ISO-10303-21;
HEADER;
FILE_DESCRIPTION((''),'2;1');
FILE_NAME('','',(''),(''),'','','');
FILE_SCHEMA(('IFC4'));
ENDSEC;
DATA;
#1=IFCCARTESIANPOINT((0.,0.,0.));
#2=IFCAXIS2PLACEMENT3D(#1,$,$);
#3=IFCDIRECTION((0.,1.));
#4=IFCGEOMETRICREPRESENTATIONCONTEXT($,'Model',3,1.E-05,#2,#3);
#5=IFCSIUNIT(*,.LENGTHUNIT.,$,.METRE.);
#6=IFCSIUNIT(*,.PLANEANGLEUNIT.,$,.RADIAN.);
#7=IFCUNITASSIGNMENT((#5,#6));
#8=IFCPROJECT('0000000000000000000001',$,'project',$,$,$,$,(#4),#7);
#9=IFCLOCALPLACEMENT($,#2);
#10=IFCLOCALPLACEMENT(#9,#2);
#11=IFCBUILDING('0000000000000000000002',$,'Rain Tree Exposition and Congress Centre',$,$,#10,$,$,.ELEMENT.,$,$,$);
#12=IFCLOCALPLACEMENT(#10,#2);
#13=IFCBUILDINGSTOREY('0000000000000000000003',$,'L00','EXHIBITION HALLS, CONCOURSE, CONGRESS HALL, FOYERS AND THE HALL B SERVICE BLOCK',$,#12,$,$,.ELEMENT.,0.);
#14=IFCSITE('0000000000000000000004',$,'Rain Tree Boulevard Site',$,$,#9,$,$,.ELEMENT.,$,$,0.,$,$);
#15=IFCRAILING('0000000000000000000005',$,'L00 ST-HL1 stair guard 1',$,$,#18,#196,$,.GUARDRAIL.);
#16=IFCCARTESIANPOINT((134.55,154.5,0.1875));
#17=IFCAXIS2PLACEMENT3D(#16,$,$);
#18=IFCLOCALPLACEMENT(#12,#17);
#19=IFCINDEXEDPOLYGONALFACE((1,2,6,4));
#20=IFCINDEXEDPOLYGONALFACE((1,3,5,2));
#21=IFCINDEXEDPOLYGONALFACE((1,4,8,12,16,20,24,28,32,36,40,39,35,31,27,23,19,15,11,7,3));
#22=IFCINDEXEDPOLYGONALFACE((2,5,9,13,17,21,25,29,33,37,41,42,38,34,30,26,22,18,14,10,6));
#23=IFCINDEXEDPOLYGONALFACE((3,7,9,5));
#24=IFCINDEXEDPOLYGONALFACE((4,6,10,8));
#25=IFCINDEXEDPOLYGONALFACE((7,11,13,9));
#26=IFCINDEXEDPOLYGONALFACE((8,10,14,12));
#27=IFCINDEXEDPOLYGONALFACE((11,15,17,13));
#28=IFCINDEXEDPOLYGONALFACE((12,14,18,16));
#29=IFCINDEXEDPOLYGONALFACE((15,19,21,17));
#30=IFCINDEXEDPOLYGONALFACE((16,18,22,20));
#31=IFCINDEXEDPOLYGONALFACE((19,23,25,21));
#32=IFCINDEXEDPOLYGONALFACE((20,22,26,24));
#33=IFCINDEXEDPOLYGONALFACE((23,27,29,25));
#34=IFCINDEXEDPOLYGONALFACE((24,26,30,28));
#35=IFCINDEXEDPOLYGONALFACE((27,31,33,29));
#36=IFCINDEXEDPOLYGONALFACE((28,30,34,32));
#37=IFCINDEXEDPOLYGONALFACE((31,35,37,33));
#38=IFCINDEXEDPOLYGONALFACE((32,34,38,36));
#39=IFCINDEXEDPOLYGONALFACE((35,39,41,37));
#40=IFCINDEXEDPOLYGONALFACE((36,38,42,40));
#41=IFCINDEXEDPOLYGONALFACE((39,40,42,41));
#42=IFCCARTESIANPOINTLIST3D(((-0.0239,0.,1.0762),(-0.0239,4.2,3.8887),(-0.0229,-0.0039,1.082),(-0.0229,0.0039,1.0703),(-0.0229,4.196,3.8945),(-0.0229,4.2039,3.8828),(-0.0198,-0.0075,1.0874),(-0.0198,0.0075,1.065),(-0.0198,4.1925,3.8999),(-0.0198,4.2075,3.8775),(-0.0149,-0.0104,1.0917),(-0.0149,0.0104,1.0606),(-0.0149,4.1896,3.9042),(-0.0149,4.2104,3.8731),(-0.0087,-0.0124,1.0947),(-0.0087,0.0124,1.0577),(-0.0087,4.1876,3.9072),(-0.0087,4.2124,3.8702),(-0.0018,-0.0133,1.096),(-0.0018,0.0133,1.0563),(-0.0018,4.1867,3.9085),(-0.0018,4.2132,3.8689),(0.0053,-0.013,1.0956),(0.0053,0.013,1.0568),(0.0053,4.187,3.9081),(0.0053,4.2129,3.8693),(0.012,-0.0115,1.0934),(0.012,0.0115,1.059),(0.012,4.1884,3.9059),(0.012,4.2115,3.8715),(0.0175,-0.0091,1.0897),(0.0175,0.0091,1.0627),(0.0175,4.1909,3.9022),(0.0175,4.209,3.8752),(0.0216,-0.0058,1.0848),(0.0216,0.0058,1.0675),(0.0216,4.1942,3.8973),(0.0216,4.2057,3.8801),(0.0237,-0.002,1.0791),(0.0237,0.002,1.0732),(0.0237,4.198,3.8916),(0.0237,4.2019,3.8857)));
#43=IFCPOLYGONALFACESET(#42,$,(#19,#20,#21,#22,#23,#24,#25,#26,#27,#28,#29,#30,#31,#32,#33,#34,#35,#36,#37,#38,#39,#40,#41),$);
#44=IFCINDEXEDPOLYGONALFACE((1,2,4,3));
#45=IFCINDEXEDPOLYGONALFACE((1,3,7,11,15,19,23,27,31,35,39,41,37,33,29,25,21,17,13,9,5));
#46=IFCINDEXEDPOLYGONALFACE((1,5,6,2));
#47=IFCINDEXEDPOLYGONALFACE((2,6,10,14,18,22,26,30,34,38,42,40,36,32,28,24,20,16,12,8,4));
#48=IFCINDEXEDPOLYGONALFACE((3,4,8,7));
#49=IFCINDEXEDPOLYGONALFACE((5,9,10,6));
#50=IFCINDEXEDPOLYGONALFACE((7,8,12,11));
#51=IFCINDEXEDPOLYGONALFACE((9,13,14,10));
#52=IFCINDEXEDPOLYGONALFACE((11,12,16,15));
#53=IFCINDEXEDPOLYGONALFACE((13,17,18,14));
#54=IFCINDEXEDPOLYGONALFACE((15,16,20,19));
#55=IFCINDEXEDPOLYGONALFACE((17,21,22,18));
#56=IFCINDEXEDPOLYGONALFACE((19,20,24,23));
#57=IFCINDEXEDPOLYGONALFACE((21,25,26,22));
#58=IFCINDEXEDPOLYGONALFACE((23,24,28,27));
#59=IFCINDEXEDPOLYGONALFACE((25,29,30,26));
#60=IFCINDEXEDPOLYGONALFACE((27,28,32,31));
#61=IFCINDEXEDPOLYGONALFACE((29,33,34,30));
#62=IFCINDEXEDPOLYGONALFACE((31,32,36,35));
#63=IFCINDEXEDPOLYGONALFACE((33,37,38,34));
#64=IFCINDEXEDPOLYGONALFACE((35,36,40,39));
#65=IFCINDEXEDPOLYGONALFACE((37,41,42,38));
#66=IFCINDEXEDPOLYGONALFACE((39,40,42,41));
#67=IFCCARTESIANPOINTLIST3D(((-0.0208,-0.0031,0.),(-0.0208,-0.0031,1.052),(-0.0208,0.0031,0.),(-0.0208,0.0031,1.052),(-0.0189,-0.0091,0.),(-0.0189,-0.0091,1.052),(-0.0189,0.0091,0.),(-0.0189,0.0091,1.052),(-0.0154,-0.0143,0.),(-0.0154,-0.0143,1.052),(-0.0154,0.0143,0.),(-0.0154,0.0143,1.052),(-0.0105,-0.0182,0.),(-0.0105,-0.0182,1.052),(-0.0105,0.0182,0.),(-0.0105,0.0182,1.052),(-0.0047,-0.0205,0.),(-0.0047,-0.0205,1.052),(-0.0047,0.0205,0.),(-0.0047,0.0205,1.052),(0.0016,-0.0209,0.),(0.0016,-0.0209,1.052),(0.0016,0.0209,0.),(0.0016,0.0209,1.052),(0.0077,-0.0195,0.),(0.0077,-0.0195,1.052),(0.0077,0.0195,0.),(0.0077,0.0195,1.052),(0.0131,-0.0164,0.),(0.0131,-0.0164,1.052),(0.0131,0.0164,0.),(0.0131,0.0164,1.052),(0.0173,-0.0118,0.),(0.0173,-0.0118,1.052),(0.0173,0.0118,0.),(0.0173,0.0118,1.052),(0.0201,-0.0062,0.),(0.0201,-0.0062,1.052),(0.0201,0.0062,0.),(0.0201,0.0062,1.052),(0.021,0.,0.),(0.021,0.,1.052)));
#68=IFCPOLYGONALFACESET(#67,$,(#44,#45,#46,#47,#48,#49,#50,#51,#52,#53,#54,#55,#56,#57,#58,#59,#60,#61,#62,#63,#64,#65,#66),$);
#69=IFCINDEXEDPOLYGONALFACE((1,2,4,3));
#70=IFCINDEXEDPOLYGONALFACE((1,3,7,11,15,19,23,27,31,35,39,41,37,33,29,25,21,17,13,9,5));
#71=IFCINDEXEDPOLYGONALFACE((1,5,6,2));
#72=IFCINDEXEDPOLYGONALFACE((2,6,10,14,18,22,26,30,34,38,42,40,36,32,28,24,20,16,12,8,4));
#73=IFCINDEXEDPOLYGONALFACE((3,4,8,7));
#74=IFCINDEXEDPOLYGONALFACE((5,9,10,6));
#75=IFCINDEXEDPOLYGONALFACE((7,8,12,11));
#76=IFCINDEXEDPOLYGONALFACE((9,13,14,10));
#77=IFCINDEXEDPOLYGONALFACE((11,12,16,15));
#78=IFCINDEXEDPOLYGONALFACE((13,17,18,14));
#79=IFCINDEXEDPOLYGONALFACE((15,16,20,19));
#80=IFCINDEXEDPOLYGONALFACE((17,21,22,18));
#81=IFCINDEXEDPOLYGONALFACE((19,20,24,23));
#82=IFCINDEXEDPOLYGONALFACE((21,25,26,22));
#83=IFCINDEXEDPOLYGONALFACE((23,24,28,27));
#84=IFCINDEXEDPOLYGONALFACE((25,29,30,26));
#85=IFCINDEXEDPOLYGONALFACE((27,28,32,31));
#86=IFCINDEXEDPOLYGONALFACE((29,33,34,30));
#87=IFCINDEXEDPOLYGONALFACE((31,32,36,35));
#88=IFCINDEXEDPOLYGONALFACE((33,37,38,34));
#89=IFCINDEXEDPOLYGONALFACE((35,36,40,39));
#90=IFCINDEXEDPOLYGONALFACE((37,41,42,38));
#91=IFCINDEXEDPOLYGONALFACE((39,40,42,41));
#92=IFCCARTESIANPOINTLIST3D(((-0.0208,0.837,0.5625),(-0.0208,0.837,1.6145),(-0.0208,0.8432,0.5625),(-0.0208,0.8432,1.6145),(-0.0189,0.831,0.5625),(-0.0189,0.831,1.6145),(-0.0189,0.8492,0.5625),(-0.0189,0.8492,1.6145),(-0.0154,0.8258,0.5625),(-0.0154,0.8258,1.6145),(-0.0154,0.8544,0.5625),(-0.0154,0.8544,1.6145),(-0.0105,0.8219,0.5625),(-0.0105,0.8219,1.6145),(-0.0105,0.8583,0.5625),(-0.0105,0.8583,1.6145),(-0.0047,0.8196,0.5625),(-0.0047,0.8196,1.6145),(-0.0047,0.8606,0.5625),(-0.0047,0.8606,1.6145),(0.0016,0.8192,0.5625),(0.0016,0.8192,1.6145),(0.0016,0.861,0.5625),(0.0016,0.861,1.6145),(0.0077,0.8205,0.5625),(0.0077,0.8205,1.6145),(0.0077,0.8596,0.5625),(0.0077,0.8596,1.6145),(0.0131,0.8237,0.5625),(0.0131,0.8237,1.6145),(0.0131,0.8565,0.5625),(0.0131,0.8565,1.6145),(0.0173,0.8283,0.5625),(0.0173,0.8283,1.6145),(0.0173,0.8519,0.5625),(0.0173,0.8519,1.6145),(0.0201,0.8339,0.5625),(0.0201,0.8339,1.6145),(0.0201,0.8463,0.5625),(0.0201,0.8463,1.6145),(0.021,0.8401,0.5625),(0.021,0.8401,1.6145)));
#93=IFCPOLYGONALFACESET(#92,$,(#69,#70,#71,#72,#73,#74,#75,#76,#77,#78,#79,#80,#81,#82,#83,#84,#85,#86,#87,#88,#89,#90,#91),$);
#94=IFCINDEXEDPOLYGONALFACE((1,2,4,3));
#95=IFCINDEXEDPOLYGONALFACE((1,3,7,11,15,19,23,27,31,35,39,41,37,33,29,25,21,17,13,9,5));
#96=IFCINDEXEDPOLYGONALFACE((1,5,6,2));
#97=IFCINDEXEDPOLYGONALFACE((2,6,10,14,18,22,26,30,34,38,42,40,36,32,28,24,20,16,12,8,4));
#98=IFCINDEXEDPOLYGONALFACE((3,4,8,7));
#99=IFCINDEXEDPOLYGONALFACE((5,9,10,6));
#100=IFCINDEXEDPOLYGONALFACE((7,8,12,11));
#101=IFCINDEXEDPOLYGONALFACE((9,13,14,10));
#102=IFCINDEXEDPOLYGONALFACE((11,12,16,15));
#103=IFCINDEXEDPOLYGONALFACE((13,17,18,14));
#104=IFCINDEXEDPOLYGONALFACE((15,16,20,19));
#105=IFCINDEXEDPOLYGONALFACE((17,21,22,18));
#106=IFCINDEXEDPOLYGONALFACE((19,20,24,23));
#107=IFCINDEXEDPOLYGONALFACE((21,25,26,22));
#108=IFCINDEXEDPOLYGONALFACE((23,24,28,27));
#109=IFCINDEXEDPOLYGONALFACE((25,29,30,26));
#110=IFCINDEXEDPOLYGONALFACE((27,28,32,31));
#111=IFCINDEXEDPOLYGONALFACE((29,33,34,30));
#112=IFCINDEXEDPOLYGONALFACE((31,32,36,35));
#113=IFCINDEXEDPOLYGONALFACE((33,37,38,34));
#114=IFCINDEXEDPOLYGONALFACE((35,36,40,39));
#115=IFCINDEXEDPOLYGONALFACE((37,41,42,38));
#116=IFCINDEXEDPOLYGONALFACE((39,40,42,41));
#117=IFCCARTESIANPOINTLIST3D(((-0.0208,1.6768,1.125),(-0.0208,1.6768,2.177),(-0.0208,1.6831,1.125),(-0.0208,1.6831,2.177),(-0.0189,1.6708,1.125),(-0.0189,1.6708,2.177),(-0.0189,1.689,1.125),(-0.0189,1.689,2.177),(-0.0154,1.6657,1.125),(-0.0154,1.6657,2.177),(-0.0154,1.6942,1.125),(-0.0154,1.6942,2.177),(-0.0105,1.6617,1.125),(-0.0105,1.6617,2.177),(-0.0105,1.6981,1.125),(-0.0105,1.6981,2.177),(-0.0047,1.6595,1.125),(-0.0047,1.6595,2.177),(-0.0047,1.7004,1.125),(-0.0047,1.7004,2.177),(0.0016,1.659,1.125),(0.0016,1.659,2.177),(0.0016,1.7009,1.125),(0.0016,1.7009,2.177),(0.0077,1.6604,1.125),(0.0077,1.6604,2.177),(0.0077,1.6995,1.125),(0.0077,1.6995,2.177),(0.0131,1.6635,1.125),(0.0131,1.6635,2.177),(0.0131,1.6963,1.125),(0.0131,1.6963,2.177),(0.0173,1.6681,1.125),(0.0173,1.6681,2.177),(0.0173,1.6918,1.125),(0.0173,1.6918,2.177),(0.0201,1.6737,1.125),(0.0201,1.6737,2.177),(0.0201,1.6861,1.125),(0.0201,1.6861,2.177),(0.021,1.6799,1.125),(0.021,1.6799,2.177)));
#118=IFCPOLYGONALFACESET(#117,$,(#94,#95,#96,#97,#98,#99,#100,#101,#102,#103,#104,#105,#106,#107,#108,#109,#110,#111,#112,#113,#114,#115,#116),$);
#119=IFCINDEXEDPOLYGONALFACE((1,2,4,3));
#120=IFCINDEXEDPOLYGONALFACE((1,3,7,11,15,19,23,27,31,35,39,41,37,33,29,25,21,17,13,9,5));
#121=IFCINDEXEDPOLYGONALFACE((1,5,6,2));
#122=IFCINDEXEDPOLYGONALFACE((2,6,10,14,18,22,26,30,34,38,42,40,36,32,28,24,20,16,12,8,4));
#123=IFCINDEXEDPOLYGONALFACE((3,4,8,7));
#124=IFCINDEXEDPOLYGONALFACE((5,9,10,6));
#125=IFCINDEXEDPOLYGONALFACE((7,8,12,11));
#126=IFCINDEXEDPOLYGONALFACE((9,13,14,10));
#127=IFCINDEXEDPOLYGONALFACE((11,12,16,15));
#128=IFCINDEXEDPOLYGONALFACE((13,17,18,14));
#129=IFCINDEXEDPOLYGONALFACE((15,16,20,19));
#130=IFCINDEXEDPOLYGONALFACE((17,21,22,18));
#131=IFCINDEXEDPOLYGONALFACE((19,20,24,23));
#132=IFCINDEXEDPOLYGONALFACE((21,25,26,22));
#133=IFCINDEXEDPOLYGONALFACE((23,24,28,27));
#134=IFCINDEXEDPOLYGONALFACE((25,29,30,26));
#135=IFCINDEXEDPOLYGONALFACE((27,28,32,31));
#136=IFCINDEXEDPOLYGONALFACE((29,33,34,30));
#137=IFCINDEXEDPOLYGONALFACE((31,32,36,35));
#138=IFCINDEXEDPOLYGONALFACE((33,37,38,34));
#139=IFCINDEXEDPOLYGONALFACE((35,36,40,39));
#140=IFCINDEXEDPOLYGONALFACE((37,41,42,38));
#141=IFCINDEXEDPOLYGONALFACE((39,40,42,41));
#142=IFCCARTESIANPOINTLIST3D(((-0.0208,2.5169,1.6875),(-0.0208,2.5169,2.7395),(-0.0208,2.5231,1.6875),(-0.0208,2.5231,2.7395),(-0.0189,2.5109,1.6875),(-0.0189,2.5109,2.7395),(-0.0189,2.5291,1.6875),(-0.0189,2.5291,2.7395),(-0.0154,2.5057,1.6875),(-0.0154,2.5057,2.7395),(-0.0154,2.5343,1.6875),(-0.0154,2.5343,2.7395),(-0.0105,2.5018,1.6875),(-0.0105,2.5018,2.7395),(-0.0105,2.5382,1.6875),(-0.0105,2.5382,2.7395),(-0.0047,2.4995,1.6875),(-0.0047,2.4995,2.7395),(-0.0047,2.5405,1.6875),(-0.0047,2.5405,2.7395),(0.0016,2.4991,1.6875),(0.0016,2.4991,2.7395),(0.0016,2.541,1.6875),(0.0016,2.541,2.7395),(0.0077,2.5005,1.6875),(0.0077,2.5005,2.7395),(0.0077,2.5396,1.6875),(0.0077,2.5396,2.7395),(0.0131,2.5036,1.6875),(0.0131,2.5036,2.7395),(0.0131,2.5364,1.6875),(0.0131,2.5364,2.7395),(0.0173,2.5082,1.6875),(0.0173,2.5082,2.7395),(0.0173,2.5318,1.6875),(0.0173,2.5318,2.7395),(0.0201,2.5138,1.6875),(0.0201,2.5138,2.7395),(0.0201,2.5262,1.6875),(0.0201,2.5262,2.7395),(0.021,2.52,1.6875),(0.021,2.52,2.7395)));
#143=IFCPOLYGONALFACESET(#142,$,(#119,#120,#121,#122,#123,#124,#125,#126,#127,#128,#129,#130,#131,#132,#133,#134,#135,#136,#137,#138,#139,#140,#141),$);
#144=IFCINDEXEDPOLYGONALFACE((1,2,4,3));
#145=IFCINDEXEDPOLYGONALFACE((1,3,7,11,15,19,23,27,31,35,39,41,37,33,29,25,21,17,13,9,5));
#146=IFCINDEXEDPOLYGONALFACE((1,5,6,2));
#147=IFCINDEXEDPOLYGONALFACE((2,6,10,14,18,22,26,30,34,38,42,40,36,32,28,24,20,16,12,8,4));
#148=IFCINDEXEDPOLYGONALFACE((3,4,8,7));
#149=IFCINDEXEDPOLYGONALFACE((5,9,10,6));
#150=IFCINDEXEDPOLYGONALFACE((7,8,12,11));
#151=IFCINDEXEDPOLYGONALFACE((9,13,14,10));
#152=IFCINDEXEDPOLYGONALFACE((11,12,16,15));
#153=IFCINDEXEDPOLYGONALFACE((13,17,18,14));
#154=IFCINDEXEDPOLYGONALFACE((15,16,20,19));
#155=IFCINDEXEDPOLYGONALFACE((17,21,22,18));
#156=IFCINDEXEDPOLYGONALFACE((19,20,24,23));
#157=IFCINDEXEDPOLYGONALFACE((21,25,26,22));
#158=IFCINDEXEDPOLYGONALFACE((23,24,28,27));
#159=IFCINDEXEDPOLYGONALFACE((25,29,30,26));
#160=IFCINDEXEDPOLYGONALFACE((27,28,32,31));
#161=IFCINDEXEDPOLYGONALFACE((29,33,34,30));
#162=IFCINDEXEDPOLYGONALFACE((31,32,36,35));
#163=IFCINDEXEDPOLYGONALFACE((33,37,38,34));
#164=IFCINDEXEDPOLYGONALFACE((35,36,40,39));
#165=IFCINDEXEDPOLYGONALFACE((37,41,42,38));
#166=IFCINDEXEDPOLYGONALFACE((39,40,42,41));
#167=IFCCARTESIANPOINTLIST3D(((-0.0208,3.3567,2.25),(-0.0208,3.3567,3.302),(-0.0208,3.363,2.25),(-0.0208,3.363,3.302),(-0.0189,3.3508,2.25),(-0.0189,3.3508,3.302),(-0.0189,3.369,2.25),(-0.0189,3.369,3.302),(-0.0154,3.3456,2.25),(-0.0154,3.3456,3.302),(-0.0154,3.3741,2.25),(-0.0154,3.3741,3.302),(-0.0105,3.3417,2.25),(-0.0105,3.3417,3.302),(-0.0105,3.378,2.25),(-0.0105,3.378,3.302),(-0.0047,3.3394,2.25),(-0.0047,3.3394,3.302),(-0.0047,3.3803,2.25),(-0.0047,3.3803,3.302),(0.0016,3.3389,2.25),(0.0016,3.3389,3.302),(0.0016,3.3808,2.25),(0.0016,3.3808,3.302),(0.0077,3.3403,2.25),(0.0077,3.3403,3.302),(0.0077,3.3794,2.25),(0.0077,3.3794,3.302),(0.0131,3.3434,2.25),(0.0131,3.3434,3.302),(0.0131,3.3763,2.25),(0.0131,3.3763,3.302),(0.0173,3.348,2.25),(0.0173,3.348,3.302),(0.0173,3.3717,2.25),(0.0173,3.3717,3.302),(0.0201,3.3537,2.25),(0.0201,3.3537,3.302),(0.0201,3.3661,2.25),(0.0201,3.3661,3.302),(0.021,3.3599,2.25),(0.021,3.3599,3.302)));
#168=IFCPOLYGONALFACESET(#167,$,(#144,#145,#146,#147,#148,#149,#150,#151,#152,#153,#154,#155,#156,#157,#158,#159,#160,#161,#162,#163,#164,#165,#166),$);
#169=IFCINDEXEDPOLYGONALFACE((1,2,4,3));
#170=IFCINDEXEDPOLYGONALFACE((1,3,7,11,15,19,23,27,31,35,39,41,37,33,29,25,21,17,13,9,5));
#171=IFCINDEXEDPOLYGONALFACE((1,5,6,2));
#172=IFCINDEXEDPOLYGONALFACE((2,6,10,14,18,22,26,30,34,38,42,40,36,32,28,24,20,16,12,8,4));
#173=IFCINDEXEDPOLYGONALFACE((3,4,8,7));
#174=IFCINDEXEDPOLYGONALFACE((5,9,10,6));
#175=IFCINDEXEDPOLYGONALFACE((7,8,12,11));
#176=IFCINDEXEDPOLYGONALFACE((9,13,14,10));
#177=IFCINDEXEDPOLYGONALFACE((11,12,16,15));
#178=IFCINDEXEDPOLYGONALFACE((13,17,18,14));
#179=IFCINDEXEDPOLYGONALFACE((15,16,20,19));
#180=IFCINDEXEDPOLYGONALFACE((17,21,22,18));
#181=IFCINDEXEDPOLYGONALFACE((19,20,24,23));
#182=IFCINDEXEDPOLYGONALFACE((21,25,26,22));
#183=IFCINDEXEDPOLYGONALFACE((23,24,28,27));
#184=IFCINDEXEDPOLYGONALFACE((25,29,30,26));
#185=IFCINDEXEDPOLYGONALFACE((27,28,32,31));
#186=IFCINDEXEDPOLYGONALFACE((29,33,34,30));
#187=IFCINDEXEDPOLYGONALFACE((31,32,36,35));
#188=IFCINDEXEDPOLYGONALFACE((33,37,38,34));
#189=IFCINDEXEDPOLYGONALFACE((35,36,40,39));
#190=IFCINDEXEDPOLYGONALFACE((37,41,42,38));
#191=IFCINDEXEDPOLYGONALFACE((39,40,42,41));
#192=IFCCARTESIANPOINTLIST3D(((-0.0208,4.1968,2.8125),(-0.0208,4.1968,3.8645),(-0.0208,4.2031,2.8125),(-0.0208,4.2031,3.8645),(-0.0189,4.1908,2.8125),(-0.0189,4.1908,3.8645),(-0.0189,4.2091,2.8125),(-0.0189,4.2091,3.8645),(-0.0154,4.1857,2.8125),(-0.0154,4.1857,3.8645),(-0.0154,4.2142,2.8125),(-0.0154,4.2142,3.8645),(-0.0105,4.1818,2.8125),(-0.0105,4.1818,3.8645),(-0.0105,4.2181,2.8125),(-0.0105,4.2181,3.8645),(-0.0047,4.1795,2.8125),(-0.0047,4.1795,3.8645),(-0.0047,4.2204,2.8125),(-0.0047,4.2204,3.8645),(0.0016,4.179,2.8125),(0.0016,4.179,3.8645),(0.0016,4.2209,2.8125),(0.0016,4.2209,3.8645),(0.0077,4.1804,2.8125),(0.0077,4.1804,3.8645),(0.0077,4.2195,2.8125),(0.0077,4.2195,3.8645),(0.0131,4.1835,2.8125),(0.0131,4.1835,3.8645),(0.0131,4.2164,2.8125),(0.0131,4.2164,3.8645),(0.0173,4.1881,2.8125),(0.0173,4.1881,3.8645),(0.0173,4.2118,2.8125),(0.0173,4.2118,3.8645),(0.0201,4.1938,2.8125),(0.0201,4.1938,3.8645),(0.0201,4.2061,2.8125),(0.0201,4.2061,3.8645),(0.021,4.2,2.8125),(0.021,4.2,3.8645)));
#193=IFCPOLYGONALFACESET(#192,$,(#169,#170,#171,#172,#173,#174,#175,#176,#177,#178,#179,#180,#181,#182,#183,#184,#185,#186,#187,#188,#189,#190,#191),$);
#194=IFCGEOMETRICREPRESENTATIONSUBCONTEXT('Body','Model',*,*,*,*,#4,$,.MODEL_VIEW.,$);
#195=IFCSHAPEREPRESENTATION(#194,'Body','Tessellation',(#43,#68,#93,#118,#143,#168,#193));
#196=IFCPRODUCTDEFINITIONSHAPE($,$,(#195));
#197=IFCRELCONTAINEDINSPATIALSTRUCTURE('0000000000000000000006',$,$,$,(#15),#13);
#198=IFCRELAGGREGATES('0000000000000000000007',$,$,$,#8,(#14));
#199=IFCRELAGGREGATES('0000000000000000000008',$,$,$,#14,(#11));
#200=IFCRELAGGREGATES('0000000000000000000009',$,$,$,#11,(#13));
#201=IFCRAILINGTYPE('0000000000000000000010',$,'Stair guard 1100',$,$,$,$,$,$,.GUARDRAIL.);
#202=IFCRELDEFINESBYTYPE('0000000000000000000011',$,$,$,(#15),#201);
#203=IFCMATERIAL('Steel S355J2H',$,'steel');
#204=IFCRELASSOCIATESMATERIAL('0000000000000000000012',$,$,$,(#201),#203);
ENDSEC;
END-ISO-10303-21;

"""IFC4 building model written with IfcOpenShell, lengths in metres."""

from ifc_helpers import new_model, si_unit, direction, frame, origin, origin_2d, place, context, subcontext, project, spatial, circle, extrude, material, type_object, element, save


model = new_model("IFC4")

# Units and contexts
model_context = context("Model", 3, precision=1e-05, world=origin(), true_north=direction((0.0, 1.0)))
body_context = subcontext(model_context, "Body", "Model", "MODEL_VIEW")
ifc_project = project(units=[si_unit("LENGTHUNIT", "METRE"), si_unit("PLANEANGLEUNIT", "RADIAN")], contexts=[model_context])

# Site, building, storey
site_placement = place(None, origin())
site = spatial("IfcSite", under=ifc_project, at=site_placement, Name="Rain Tree Boulevard Site", CompositionType="ELEMENT", RefElevation=0.0)
building_placement = place(site_placement, origin())
building = spatial("IfcBuilding", under=site, at=building_placement, Name="Rain Tree Exposition and Congress Centre", CompositionType="ELEMENT")
storey_placement = place(building_placement, origin())
storey = spatial("IfcBuildingStorey", under=building, at=storey_placement, Name="L00", Description="EXHIBITION HALLS, CONCOURSE, CONGRESS HALL, FOYERS AND THE HALL B SERVICE BLOCK", CompositionType="ELEMENT", Elevation=0.0)

# Railing
ifc_material_1 = material(Name="Steel S355J2H", Category="steel")
railing_type_1 = type_object("IfcRailingType", Name="Stair guard 1100", PredefinedType="GUARDRAIL", material=ifc_material_1)
railing_1_placement = place(storey_placement, frame((134.55, 154.5, 0.1875)))
element("IfcRailing", 1, at=railing_1_placement, inside=storey, type_object=railing_type_1, Name="L00 ST-HL1 stair guard 1", PredefinedType="GUARDRAIL", context=body_context, shape_type="SweptSolid", body=[
    extrude(circle(Radius=0.0239, at=origin_2d()), frame((0.0, 0.0, 1.0762), z_axis=(0.0, 0.830904, 0.556416), x_axis=(-1.0, 0.0, 0.0)), (0.0, 0.0, 1.0), 5.0547),
    extrude(circle(Radius=0.021, at=origin_2d()), origin(), (0.0, 0.0, 1.0), 1.052),
    extrude(circle(Radius=0.021, at=origin_2d()), frame((0.0, 0.8401, 0.5625)), (0.0, 0.0, 1.0), 1.052),
    extrude(circle(Radius=0.021, at=origin_2d()), frame((0.0, 1.6799, 1.125)), (0.0, 0.0, 1.0), 1.052),
    extrude(circle(Radius=0.021, at=origin_2d()), frame((0.0, 2.52, 1.6875)), (0.0, 0.0, 1.0), 1.052),
    extrude(circle(Radius=0.021, at=origin_2d()), frame((0.0, 3.3599, 2.25)), (0.0, 0.0, 1.0), 1.052),
    extrude(circle(Radius=0.021, at=origin_2d()), frame((0.0, 4.2, 2.8125)), (0.0, 0.0, 1.0), 1.052),
])

save(model, "model.ifc")
